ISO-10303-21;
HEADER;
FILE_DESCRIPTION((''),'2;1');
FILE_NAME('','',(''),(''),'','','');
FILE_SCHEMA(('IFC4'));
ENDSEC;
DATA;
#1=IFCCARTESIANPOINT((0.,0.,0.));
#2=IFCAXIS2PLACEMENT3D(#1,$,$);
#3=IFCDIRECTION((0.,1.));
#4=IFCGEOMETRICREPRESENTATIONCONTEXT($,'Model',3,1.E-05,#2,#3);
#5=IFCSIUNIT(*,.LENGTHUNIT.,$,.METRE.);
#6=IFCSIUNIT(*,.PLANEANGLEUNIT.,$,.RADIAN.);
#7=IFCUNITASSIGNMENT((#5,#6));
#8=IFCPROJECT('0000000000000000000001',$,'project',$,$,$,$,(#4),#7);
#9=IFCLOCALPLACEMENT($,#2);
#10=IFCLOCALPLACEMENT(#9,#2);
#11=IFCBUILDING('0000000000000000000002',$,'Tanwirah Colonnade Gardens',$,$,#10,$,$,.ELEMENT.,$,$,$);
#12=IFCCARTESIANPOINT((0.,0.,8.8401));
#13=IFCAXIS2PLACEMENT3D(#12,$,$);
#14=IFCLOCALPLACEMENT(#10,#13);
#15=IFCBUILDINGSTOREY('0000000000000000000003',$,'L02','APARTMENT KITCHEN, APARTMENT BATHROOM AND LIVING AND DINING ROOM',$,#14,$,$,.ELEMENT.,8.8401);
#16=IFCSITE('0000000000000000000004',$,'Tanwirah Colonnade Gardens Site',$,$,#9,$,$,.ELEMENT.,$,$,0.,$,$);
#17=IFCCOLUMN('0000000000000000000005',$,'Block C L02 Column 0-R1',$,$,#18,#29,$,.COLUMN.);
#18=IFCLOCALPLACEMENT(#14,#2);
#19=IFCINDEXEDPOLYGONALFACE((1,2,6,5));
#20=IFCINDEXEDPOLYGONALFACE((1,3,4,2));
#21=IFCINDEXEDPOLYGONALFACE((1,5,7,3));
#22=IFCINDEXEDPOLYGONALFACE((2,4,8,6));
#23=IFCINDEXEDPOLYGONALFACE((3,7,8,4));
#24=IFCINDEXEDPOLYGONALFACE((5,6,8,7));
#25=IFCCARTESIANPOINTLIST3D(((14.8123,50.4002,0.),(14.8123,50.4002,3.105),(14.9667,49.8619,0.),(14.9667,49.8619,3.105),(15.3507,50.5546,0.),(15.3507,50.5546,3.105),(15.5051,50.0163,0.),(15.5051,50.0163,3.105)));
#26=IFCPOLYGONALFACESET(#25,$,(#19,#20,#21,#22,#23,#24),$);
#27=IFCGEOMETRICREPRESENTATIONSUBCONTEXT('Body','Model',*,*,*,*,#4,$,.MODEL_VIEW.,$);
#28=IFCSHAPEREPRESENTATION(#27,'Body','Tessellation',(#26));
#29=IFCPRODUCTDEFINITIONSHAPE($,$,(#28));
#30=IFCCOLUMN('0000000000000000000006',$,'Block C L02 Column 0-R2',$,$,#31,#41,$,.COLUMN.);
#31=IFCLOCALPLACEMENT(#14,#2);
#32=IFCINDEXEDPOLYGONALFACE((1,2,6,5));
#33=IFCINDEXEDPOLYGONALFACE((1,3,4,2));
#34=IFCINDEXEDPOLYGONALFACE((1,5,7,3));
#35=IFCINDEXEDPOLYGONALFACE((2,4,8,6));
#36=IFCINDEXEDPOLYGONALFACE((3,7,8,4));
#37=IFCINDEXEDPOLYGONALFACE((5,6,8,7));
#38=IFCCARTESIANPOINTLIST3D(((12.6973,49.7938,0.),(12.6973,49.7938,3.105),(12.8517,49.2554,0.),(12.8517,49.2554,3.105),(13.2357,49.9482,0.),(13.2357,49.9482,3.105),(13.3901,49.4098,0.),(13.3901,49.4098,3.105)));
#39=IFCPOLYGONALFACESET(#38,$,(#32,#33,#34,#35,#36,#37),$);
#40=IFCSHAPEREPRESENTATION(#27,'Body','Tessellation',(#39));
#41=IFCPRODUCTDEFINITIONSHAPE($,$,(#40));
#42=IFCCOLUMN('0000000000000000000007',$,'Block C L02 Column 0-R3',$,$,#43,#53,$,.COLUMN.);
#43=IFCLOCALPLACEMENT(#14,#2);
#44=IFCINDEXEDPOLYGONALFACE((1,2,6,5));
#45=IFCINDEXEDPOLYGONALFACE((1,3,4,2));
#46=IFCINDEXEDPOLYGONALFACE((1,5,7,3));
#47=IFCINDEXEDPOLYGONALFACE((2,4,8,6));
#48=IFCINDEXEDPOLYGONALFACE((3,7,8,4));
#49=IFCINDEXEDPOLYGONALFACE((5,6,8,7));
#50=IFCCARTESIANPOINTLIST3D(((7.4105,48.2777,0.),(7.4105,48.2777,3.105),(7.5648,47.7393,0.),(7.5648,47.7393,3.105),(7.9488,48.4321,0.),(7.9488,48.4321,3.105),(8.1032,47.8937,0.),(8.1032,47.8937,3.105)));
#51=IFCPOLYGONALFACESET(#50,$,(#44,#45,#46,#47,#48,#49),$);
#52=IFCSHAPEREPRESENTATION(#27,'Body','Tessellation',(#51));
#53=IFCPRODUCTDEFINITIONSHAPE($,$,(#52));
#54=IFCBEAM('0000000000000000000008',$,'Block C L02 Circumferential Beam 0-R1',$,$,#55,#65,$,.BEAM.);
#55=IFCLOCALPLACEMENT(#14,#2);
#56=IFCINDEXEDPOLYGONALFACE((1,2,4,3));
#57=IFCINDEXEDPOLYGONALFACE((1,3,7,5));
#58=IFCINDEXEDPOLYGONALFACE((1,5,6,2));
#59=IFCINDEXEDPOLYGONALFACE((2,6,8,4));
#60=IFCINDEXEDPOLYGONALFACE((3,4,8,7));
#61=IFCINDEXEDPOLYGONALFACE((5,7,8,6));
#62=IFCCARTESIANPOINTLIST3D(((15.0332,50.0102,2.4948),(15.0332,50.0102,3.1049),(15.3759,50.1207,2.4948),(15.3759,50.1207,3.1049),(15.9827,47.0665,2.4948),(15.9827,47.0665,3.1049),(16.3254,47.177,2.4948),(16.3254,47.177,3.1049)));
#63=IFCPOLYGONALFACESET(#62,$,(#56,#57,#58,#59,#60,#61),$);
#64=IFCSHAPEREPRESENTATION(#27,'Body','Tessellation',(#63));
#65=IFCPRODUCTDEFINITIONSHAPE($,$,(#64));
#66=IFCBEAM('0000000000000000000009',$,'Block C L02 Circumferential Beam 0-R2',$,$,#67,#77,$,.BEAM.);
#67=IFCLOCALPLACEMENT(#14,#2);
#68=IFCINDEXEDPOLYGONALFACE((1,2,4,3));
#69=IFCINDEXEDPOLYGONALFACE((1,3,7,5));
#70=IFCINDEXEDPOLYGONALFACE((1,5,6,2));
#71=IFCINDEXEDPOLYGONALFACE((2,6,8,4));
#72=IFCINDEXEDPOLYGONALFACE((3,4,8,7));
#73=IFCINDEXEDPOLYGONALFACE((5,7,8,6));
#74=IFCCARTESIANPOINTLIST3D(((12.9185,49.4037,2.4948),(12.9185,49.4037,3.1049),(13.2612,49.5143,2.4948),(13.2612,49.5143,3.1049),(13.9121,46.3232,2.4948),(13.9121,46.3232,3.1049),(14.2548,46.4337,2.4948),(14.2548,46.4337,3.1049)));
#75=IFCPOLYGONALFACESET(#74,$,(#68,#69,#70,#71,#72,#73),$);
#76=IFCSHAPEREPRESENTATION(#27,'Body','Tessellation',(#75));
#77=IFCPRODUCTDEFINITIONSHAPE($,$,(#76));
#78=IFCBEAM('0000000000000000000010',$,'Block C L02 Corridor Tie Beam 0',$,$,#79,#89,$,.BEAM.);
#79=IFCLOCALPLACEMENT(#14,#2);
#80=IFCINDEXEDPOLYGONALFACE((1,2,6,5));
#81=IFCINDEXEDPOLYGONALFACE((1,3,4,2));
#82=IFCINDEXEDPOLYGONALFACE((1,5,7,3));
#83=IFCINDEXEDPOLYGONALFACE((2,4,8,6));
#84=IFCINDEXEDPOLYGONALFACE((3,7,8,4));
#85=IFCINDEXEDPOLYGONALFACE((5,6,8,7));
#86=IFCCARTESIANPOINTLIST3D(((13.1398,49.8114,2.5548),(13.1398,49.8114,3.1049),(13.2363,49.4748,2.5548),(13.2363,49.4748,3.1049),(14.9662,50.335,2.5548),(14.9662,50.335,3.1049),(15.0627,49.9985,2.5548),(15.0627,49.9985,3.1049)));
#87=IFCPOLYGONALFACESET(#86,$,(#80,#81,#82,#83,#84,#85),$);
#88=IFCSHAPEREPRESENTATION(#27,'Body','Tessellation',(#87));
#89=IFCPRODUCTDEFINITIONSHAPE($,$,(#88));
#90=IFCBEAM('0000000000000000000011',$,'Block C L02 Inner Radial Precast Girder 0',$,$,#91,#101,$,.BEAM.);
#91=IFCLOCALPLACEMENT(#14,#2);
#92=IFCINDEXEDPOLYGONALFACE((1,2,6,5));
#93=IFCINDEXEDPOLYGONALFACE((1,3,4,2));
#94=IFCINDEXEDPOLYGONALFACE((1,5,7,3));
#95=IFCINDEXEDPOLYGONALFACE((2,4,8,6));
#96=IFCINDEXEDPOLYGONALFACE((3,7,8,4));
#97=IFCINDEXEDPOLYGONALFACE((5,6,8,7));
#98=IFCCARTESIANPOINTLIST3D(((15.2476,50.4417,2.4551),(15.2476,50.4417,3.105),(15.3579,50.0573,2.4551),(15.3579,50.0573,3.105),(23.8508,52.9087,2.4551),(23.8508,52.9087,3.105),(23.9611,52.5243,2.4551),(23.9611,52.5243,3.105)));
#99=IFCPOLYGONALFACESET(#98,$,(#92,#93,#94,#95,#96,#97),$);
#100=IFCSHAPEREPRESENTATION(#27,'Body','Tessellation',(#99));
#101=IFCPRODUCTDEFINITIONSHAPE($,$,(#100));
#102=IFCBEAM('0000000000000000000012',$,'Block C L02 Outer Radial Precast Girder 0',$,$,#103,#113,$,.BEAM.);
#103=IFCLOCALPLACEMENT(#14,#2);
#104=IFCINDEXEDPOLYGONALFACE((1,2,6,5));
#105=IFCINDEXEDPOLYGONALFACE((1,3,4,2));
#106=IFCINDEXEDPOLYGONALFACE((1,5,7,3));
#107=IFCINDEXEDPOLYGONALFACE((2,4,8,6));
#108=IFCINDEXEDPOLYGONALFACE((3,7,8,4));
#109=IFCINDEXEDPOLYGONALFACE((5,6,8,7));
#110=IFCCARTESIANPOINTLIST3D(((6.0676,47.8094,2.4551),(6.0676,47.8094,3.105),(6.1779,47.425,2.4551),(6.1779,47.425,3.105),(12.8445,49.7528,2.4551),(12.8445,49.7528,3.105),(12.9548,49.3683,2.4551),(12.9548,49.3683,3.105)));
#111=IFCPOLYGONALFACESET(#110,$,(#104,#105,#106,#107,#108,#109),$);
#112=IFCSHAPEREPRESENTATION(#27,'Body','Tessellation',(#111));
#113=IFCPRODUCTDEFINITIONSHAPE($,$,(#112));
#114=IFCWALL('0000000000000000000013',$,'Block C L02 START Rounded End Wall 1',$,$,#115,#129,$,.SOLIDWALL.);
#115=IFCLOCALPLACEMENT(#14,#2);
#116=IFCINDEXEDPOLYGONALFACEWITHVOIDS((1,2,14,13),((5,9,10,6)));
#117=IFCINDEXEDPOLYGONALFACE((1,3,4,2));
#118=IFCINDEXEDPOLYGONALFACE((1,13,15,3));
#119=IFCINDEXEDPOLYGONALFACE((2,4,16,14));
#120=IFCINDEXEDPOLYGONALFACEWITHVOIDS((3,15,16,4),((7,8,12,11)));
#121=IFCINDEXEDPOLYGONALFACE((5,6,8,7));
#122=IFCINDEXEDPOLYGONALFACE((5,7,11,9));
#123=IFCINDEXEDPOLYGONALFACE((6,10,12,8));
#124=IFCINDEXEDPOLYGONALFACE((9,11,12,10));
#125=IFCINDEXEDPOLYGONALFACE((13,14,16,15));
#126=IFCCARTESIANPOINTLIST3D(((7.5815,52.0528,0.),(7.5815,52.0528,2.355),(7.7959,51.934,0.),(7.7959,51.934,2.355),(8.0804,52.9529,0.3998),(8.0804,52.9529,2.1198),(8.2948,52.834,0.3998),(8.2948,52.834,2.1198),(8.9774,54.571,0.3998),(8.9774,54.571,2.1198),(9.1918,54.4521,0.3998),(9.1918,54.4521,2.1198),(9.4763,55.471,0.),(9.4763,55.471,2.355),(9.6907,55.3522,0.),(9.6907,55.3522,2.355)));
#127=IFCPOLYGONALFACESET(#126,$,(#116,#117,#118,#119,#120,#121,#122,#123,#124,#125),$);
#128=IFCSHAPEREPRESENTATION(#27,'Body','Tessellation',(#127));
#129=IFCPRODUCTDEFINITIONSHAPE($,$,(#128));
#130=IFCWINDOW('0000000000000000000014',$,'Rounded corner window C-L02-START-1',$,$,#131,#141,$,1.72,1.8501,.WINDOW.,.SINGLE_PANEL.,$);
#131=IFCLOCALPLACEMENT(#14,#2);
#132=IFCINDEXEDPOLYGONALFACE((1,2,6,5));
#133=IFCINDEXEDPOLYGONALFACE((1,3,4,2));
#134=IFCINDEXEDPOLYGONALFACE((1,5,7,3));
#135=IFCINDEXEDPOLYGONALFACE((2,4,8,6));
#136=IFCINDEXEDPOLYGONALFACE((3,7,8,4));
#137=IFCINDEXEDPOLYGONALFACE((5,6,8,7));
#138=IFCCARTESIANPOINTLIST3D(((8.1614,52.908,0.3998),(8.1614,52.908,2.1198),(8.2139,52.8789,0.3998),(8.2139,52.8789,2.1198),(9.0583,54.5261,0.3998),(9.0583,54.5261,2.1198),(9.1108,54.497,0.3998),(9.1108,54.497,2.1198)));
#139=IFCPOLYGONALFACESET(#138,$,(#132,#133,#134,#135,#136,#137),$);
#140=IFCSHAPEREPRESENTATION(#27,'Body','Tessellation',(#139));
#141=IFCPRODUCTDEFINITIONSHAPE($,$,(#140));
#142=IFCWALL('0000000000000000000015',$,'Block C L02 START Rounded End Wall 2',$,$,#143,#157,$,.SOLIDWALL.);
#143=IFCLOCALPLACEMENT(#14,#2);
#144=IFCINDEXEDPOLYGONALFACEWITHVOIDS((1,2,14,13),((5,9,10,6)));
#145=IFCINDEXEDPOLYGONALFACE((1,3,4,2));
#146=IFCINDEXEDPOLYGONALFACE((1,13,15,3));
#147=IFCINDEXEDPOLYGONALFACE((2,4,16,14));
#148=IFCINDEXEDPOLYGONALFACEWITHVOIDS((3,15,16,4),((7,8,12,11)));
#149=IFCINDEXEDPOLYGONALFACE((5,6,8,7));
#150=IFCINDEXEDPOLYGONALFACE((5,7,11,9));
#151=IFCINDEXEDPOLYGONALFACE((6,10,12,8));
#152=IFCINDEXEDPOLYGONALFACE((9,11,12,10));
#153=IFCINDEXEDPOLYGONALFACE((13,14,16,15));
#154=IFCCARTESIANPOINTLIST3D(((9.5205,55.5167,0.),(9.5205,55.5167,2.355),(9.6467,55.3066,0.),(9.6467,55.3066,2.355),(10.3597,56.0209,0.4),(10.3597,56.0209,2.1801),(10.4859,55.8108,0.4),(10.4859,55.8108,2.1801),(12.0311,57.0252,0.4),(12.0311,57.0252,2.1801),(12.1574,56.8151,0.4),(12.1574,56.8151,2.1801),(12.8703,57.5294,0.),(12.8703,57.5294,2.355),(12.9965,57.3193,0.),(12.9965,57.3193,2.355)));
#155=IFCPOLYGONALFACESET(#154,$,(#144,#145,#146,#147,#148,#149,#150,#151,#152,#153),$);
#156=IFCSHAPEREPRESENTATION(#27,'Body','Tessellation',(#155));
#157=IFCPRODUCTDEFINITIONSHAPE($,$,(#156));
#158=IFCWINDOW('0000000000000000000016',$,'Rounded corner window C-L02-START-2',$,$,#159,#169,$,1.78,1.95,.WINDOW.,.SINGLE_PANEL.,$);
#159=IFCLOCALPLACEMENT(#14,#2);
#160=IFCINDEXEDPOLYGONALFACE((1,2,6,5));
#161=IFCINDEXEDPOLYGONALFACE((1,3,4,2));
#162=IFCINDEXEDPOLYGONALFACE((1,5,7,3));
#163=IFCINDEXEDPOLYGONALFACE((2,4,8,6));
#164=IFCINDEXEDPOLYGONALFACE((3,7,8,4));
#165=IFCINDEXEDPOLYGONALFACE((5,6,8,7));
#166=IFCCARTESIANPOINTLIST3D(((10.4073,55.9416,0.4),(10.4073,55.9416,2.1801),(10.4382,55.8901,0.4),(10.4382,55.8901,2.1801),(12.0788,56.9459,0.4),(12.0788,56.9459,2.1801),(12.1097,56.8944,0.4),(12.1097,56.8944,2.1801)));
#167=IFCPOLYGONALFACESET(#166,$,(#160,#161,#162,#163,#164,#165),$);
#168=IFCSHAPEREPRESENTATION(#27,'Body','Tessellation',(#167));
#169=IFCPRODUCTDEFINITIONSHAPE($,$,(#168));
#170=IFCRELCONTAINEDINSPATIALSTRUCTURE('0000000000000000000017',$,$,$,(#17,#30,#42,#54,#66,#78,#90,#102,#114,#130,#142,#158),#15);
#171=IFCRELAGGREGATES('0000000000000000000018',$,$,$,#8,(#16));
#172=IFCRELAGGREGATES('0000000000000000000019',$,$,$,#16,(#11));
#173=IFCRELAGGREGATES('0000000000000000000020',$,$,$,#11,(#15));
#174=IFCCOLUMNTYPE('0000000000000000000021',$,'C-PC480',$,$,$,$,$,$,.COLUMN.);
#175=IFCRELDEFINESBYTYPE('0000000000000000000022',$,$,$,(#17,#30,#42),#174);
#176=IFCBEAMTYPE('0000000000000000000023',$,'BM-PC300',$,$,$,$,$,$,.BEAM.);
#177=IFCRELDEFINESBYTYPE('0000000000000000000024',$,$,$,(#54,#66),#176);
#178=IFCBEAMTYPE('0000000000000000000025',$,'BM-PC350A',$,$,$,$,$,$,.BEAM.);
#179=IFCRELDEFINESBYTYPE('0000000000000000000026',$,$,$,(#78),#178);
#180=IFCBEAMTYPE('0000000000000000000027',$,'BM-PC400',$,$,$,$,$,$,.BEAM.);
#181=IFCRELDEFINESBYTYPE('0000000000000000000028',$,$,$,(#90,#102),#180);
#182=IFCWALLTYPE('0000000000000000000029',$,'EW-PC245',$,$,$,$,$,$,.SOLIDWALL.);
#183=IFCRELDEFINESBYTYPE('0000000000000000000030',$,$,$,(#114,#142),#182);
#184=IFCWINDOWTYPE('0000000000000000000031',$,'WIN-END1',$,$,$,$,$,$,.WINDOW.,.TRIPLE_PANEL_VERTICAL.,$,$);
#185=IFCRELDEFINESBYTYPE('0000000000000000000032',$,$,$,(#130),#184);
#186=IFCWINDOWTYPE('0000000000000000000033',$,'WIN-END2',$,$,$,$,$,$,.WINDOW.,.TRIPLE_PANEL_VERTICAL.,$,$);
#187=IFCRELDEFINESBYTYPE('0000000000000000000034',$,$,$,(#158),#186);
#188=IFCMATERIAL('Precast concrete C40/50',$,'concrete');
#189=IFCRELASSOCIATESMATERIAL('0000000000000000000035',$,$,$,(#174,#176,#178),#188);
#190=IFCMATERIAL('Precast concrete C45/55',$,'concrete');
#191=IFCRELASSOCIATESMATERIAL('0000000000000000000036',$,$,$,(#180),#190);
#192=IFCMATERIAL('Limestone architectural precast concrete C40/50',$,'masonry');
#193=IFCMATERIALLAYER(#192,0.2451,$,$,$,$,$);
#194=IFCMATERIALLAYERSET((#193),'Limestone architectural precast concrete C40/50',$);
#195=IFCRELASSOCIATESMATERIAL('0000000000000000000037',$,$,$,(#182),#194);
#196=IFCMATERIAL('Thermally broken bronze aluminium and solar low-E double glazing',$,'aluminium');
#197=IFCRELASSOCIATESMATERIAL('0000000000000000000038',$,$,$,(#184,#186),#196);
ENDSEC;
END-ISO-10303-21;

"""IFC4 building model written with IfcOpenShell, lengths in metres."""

from ifc_helpers import new_model, si_unit, direction, frame, frame_2d, origin, origin_2d, place, context, subcontext, project, spatial, rectangle, extrude, material, layer, layer_set, material_profile, profile_set, type_object, element, fill, save


model = new_model("IFC4")

# Units and contexts
model_context = context("Model", 3, precision=1e-05, world=origin(), true_north=direction((0.0, 1.0)))
body_context = subcontext(model_context, "Body", "Model", "MODEL_VIEW")
ifc_project = project(units=[si_unit("LENGTHUNIT", "METRE"), si_unit("PLANEANGLEUNIT", "RADIAN")], contexts=[model_context])

# Site, building, storey
site_placement = place(None, origin())
site = spatial("IfcSite", under=ifc_project, at=site_placement, Name="Tanwirah Colonnade Gardens Site", CompositionType="ELEMENT", RefElevation=0.0)
building_placement = place(site_placement, origin())
building = spatial("IfcBuilding", under=site, at=building_placement, Name="Tanwirah Colonnade Gardens", CompositionType="ELEMENT")
storey_placement = place(building_placement, frame((0.0, 0.0, 8.8401)))
storey = spatial("IfcBuildingStorey", under=building, at=storey_placement, Name="L02", Description="APARTMENT KITCHEN, APARTMENT BATHROOM AND LIVING AND DINING ROOM", CompositionType="ELEMENT", Elevation=8.8401)

# Columns
ifc_material_1 = material(Name="Precast concrete C40/50", Category="concrete")
ifc_material_profile_1 = material_profile(ifc_material_1, rectangle(XDim=0.5601, YDim=0.5601, at=origin_2d()), Name="PC-COL 560x560")
ifc_profile_set_1 = profile_set([ifc_material_profile_1], Name="Precast concrete C40/50")
column_type = type_object("IfcColumnType", Name="C-PC480", PredefinedType="COLUMN", material=ifc_profile_set_1)
for number, where, z_axis, x_axis, name in (
    (1, (15.1587, 50.2083, 0.0), (0.0, 0.0, 1.0), (-0.961262, -0.275637, 0.0), "Block C L02 Column 0-R1"),
    (2, (13.0437, 49.6018, 0.0), (0.0, 0.0, 1.0), (-0.961262, -0.275637, 0.0), "Block C L02 Column 0-R2"),
    (3, (7.7568, 48.0857, 0.0), (0.0, 0.0, 1.0), (-0.961262, -0.275637, 0.0), "Block C L02 Column 0-R3"),
):
    element("IfcColumn", number, at=place(storey_placement, frame(where, z_axis=z_axis, x_axis=x_axis)), inside=storey, type_object=column_type, Name=name, PredefinedType="COLUMN", context=body_context, shape_type="SweptSolid", body=[
        extrude(rectangle(XDim=0.5601, YDim=0.5601, at=origin_2d()), origin(), (0.0, 0.0, 1.0), 3.105),
    ])

# Beams
ifc_material_profile_2 = material_profile(ifc_material_1, rectangle(XDim=0.3601, YDim=0.6101, at=origin_2d()), Name="PC-BM 360x610")
ifc_profile_set_2 = profile_set([ifc_material_profile_2], Name="Precast concrete C40/50")
beam_type_1 = type_object("IfcBeamType", Name="BM-PC300", PredefinedType="BEAM", material=ifc_profile_set_2)
beam_1_placement = place(storey_placement, frame((15.2046, 50.0654, 2.7998), z_axis=(0.306977, -0.951717, 0.0), x_axis=(0.951717, 0.306977, 0.0)))
element("IfcBeam", 4, at=beam_1_placement, inside=storey, type_object=beam_type_1, Name="Block C L02 Circumferential Beam 0-R1", PredefinedType="BEAM", context=body_context, shape_type="SweptSolid", body=[
    extrude(rectangle(XDim=0.3601, YDim=0.6101, at=origin_2d()), origin(), (0.0, 0.0, 1.0), 3.093),
])
beam_2_placement = place(storey_placement, frame((13.0898, 49.459, 2.7998), z_axis=(0.306981, -0.951716, 0.0), x_axis=(0.951716, 0.306981, 0.0)))
element("IfcBeam", 5, at=beam_2_placement, inside=storey, type_object=beam_type_1, Name="Block C L02 Circumferential Beam 0-R2", PredefinedType="BEAM", context=body_context, shape_type="SweptSolid", body=[
    extrude(rectangle(XDim=0.3601, YDim=0.6101, at=origin_2d()), origin(), (0.0, 0.0, 1.0), 3.2368),
])
ifc_material_profile_3 = material_profile(ifc_material_1, rectangle(XDim=0.3501, YDim=0.55, at=origin_2d()), Name="PC-BM 350x550")
ifc_profile_set_3 = profile_set([ifc_material_profile_3], Name="Precast concrete C40/50")
beam_type_2 = type_object("IfcBeamType", Name="BM-PC350A", PredefinedType="BEAM", material=ifc_profile_set_3)
beam_3_placement = place(storey_placement, frame((15.0144, 50.1667, 2.8298), z_axis=(-0.961267, -0.27562, 0.0), x_axis=(0.27562, -0.961267, 0.0)))
element("IfcBeam", 6, at=beam_3_placement, inside=storey, type_object=beam_type_2, Name="Block C L02 Corridor Tie Beam 0", PredefinedType="BEAM", context=body_context, shape_type="SweptSolid", body=[
    extrude(rectangle(XDim=0.3501, YDim=0.55, at=origin_2d()), origin(), (0.0, 0.0, 1.0), 1.8999),
])
ifc_material_2 = material(Name="Precast concrete C45/55", Category="concrete")
ifc_material_profile_4 = material_profile(ifc_material_2, rectangle(XDim=0.3999, YDim=0.6499, at=origin_2d()), Name="PC-BM 400x650")
ifc_profile_set_4 = profile_set([ifc_material_profile_4], Name="Precast concrete C45/55")
beam_type_3 = type_object("IfcBeamType", Name="BM-PC400", PredefinedType="BEAM", material=ifc_profile_set_4)
beam_4_placement = place(storey_placement, frame((15.3027, 50.2495, 2.78), z_axis=(0.961259, 0.275647, 0.0), x_axis=(-0.275647, 0.961259, 0.0)))
element("IfcBeam", 7, at=beam_4_placement, inside=storey, type_object=beam_type_3, Name="Block C L02 Inner Radial Precast Girder 0", PredefinedType="BEAM", context=body_context, shape_type="SweptSolid", body=[
    extrude(rectangle(XDim=0.3999, YDim=0.6499, at=origin_2d()), origin(), (0.0, 0.0, 1.0), 8.95),
])
beam_5_placement = place(storey_placement, frame((12.8997, 49.5605, 2.78), z_axis=(-0.961257, -0.275654, 0.0), x_axis=(0.275654, -0.961257, 0.0)))
element("IfcBeam", 8, at=beam_5_placement, inside=storey, type_object=beam_type_3, Name="Block C L02 Outer Radial Precast Girder 0", PredefinedType="BEAM", context=body_context, shape_type="SweptSolid", body=[
    extrude(rectangle(XDim=0.3999, YDim=0.6499, at=origin_2d()), origin(), (0.0, 0.0, 1.0), 7.05),
])

# Walls, openings, windows
ifc_material_3 = material(Name="Limestone architectural precast concrete C40/50", Category="masonry")
ifc_layer_1 = layer(ifc_material_3, 0.2451)
ifc_layer_set_1 = layer_set([ifc_layer_1], Name="Limestone architectural precast concrete C40/50")
wall_type_1 = type_object("IfcWallType", Name="EW-PC245", PredefinedType="SOLIDWALL", material=ifc_layer_set_1)
wall_1_placement = place(storey_placement, frame((7.6887, 51.9934, 0.0), z_axis=(0.0, 0.0, 1.0), x_axis=(0.484815, 0.874617, 0.0)))
wall_1 = element("IfcWall", 9, at=wall_1_placement, inside=storey, type_object=wall_type_1, Name="Block C L02 START Rounded End Wall 1", PredefinedType="SOLIDWALL", context=body_context, shape_type="SweptSolid", body=[
    extrude(rectangle(XDim=3.9082, YDim=0.2451, at=frame_2d((1.9541, 0.0))), origin(), (0.0, 0.0, 1.0), 2.355),
])
opening_1_placement = place(wall_1_placement, frame((1.0291, 0.0, 0.3999)))
opening_1 = element("IfcOpeningElement", 10, at=opening_1_placement, cuts=wall_1, PredefinedType="OPENING", context=body_context, shape_type="SweptSolid", body=[
    extrude(rectangle(XDim=1.8501, YDim=1.72, at=frame_2d((0.925, 0.8599))), frame((0.0, 0.1326, 0.0), z_axis=(0.0, -1.0, 0.0), x_axis=(1.0, 0.0, 0.0)), (0.0, 0.0, 1.0), 0.2651),
])
ifc_material_4 = material(Name="Thermally broken bronze aluminium and solar low-E double glazing", Category="aluminium")
window_type_1 = type_object("IfcWindowType", Name="WIN-END1", PartitioningType="TRIPLE_PANEL_VERTICAL", PredefinedType="WINDOW", material=ifc_material_4)
window_1_placement = place(opening_1_placement, origin())
window_1 = element("IfcWindow", 11, at=window_1_placement, inside=storey, type_object=window_type_1, Name="Rounded corner window C-L02-START-1", OverallHeight=1.72, OverallWidth=1.8501, PartitioningType="SINGLE_PANEL", PredefinedType="WINDOW", context=body_context, shape_type="SweptSolid", body=[
    extrude(rectangle(XDim=1.8501, YDim=1.72, at=frame_2d((0.925, 0.8599))), frame((0.0, 0.03, 0.0), z_axis=(0.0, -1.0, 0.0), x_axis=(1.0, 0.0, 0.0)), (0.0, 0.0, 1.0), 0.0601),
])
fill(opening_1, window_1)
wall_2_placement = place(storey_placement, frame((9.5835, 55.4116, 0.0), z_axis=(0.0, 0.0, 1.0), x_axis=(0.857179, 0.515019, 0.0)))
wall_2 = element("IfcWall", 12, at=wall_2_placement, inside=storey, type_object=wall_type_1, Name="Block C L02 START Rounded End Wall 2", PredefinedType="SOLIDWALL", context=body_context, shape_type="SweptSolid", body=[
    extrude(rectangle(XDim=3.908, YDim=0.2451, at=frame_2d((1.9541, 0.0))), origin(), (0.0, 0.0, 1.0), 2.355),
])
opening_2_placement = place(wall_2_placement, frame((0.979, 0.0, 0.3999)))
opening_2 = element("IfcOpeningElement", 13, at=opening_2_placement, cuts=wall_2, PredefinedType="OPENING", context=body_context, shape_type="SweptSolid", body=[
    extrude(rectangle(XDim=1.95, YDim=1.78, at=frame_2d((0.9751, 0.8901))), frame((0.0, 0.1326, 0.0), z_axis=(0.0, -1.0, 0.0), x_axis=(1.0, 0.0, 0.0)), (0.0, 0.0, 1.0), 0.2651),
])
window_type_2 = type_object("IfcWindowType", Name="WIN-END2", PartitioningType="TRIPLE_PANEL_VERTICAL", PredefinedType="WINDOW", material=ifc_material_4)
window_2_placement = place(opening_2_placement, origin())
window_2 = element("IfcWindow", 14, at=window_2_placement, inside=storey, type_object=window_type_2, Name="Rounded corner window C-L02-START-2", OverallHeight=1.78, OverallWidth=1.95, PartitioningType="SINGLE_PANEL", PredefinedType="WINDOW", context=body_context, shape_type="SweptSolid", body=[
    extrude(rectangle(XDim=1.95, YDim=1.78, at=frame_2d((0.9751, 0.8901))), frame((0.0, 0.03, 0.0), z_axis=(0.0, -1.0, 0.0), x_axis=(1.0, 0.0, 0.0)), (0.0, 0.0, 1.0), 0.0601),
])
fill(opening_2, window_2)

save(model, "model.ifc")
